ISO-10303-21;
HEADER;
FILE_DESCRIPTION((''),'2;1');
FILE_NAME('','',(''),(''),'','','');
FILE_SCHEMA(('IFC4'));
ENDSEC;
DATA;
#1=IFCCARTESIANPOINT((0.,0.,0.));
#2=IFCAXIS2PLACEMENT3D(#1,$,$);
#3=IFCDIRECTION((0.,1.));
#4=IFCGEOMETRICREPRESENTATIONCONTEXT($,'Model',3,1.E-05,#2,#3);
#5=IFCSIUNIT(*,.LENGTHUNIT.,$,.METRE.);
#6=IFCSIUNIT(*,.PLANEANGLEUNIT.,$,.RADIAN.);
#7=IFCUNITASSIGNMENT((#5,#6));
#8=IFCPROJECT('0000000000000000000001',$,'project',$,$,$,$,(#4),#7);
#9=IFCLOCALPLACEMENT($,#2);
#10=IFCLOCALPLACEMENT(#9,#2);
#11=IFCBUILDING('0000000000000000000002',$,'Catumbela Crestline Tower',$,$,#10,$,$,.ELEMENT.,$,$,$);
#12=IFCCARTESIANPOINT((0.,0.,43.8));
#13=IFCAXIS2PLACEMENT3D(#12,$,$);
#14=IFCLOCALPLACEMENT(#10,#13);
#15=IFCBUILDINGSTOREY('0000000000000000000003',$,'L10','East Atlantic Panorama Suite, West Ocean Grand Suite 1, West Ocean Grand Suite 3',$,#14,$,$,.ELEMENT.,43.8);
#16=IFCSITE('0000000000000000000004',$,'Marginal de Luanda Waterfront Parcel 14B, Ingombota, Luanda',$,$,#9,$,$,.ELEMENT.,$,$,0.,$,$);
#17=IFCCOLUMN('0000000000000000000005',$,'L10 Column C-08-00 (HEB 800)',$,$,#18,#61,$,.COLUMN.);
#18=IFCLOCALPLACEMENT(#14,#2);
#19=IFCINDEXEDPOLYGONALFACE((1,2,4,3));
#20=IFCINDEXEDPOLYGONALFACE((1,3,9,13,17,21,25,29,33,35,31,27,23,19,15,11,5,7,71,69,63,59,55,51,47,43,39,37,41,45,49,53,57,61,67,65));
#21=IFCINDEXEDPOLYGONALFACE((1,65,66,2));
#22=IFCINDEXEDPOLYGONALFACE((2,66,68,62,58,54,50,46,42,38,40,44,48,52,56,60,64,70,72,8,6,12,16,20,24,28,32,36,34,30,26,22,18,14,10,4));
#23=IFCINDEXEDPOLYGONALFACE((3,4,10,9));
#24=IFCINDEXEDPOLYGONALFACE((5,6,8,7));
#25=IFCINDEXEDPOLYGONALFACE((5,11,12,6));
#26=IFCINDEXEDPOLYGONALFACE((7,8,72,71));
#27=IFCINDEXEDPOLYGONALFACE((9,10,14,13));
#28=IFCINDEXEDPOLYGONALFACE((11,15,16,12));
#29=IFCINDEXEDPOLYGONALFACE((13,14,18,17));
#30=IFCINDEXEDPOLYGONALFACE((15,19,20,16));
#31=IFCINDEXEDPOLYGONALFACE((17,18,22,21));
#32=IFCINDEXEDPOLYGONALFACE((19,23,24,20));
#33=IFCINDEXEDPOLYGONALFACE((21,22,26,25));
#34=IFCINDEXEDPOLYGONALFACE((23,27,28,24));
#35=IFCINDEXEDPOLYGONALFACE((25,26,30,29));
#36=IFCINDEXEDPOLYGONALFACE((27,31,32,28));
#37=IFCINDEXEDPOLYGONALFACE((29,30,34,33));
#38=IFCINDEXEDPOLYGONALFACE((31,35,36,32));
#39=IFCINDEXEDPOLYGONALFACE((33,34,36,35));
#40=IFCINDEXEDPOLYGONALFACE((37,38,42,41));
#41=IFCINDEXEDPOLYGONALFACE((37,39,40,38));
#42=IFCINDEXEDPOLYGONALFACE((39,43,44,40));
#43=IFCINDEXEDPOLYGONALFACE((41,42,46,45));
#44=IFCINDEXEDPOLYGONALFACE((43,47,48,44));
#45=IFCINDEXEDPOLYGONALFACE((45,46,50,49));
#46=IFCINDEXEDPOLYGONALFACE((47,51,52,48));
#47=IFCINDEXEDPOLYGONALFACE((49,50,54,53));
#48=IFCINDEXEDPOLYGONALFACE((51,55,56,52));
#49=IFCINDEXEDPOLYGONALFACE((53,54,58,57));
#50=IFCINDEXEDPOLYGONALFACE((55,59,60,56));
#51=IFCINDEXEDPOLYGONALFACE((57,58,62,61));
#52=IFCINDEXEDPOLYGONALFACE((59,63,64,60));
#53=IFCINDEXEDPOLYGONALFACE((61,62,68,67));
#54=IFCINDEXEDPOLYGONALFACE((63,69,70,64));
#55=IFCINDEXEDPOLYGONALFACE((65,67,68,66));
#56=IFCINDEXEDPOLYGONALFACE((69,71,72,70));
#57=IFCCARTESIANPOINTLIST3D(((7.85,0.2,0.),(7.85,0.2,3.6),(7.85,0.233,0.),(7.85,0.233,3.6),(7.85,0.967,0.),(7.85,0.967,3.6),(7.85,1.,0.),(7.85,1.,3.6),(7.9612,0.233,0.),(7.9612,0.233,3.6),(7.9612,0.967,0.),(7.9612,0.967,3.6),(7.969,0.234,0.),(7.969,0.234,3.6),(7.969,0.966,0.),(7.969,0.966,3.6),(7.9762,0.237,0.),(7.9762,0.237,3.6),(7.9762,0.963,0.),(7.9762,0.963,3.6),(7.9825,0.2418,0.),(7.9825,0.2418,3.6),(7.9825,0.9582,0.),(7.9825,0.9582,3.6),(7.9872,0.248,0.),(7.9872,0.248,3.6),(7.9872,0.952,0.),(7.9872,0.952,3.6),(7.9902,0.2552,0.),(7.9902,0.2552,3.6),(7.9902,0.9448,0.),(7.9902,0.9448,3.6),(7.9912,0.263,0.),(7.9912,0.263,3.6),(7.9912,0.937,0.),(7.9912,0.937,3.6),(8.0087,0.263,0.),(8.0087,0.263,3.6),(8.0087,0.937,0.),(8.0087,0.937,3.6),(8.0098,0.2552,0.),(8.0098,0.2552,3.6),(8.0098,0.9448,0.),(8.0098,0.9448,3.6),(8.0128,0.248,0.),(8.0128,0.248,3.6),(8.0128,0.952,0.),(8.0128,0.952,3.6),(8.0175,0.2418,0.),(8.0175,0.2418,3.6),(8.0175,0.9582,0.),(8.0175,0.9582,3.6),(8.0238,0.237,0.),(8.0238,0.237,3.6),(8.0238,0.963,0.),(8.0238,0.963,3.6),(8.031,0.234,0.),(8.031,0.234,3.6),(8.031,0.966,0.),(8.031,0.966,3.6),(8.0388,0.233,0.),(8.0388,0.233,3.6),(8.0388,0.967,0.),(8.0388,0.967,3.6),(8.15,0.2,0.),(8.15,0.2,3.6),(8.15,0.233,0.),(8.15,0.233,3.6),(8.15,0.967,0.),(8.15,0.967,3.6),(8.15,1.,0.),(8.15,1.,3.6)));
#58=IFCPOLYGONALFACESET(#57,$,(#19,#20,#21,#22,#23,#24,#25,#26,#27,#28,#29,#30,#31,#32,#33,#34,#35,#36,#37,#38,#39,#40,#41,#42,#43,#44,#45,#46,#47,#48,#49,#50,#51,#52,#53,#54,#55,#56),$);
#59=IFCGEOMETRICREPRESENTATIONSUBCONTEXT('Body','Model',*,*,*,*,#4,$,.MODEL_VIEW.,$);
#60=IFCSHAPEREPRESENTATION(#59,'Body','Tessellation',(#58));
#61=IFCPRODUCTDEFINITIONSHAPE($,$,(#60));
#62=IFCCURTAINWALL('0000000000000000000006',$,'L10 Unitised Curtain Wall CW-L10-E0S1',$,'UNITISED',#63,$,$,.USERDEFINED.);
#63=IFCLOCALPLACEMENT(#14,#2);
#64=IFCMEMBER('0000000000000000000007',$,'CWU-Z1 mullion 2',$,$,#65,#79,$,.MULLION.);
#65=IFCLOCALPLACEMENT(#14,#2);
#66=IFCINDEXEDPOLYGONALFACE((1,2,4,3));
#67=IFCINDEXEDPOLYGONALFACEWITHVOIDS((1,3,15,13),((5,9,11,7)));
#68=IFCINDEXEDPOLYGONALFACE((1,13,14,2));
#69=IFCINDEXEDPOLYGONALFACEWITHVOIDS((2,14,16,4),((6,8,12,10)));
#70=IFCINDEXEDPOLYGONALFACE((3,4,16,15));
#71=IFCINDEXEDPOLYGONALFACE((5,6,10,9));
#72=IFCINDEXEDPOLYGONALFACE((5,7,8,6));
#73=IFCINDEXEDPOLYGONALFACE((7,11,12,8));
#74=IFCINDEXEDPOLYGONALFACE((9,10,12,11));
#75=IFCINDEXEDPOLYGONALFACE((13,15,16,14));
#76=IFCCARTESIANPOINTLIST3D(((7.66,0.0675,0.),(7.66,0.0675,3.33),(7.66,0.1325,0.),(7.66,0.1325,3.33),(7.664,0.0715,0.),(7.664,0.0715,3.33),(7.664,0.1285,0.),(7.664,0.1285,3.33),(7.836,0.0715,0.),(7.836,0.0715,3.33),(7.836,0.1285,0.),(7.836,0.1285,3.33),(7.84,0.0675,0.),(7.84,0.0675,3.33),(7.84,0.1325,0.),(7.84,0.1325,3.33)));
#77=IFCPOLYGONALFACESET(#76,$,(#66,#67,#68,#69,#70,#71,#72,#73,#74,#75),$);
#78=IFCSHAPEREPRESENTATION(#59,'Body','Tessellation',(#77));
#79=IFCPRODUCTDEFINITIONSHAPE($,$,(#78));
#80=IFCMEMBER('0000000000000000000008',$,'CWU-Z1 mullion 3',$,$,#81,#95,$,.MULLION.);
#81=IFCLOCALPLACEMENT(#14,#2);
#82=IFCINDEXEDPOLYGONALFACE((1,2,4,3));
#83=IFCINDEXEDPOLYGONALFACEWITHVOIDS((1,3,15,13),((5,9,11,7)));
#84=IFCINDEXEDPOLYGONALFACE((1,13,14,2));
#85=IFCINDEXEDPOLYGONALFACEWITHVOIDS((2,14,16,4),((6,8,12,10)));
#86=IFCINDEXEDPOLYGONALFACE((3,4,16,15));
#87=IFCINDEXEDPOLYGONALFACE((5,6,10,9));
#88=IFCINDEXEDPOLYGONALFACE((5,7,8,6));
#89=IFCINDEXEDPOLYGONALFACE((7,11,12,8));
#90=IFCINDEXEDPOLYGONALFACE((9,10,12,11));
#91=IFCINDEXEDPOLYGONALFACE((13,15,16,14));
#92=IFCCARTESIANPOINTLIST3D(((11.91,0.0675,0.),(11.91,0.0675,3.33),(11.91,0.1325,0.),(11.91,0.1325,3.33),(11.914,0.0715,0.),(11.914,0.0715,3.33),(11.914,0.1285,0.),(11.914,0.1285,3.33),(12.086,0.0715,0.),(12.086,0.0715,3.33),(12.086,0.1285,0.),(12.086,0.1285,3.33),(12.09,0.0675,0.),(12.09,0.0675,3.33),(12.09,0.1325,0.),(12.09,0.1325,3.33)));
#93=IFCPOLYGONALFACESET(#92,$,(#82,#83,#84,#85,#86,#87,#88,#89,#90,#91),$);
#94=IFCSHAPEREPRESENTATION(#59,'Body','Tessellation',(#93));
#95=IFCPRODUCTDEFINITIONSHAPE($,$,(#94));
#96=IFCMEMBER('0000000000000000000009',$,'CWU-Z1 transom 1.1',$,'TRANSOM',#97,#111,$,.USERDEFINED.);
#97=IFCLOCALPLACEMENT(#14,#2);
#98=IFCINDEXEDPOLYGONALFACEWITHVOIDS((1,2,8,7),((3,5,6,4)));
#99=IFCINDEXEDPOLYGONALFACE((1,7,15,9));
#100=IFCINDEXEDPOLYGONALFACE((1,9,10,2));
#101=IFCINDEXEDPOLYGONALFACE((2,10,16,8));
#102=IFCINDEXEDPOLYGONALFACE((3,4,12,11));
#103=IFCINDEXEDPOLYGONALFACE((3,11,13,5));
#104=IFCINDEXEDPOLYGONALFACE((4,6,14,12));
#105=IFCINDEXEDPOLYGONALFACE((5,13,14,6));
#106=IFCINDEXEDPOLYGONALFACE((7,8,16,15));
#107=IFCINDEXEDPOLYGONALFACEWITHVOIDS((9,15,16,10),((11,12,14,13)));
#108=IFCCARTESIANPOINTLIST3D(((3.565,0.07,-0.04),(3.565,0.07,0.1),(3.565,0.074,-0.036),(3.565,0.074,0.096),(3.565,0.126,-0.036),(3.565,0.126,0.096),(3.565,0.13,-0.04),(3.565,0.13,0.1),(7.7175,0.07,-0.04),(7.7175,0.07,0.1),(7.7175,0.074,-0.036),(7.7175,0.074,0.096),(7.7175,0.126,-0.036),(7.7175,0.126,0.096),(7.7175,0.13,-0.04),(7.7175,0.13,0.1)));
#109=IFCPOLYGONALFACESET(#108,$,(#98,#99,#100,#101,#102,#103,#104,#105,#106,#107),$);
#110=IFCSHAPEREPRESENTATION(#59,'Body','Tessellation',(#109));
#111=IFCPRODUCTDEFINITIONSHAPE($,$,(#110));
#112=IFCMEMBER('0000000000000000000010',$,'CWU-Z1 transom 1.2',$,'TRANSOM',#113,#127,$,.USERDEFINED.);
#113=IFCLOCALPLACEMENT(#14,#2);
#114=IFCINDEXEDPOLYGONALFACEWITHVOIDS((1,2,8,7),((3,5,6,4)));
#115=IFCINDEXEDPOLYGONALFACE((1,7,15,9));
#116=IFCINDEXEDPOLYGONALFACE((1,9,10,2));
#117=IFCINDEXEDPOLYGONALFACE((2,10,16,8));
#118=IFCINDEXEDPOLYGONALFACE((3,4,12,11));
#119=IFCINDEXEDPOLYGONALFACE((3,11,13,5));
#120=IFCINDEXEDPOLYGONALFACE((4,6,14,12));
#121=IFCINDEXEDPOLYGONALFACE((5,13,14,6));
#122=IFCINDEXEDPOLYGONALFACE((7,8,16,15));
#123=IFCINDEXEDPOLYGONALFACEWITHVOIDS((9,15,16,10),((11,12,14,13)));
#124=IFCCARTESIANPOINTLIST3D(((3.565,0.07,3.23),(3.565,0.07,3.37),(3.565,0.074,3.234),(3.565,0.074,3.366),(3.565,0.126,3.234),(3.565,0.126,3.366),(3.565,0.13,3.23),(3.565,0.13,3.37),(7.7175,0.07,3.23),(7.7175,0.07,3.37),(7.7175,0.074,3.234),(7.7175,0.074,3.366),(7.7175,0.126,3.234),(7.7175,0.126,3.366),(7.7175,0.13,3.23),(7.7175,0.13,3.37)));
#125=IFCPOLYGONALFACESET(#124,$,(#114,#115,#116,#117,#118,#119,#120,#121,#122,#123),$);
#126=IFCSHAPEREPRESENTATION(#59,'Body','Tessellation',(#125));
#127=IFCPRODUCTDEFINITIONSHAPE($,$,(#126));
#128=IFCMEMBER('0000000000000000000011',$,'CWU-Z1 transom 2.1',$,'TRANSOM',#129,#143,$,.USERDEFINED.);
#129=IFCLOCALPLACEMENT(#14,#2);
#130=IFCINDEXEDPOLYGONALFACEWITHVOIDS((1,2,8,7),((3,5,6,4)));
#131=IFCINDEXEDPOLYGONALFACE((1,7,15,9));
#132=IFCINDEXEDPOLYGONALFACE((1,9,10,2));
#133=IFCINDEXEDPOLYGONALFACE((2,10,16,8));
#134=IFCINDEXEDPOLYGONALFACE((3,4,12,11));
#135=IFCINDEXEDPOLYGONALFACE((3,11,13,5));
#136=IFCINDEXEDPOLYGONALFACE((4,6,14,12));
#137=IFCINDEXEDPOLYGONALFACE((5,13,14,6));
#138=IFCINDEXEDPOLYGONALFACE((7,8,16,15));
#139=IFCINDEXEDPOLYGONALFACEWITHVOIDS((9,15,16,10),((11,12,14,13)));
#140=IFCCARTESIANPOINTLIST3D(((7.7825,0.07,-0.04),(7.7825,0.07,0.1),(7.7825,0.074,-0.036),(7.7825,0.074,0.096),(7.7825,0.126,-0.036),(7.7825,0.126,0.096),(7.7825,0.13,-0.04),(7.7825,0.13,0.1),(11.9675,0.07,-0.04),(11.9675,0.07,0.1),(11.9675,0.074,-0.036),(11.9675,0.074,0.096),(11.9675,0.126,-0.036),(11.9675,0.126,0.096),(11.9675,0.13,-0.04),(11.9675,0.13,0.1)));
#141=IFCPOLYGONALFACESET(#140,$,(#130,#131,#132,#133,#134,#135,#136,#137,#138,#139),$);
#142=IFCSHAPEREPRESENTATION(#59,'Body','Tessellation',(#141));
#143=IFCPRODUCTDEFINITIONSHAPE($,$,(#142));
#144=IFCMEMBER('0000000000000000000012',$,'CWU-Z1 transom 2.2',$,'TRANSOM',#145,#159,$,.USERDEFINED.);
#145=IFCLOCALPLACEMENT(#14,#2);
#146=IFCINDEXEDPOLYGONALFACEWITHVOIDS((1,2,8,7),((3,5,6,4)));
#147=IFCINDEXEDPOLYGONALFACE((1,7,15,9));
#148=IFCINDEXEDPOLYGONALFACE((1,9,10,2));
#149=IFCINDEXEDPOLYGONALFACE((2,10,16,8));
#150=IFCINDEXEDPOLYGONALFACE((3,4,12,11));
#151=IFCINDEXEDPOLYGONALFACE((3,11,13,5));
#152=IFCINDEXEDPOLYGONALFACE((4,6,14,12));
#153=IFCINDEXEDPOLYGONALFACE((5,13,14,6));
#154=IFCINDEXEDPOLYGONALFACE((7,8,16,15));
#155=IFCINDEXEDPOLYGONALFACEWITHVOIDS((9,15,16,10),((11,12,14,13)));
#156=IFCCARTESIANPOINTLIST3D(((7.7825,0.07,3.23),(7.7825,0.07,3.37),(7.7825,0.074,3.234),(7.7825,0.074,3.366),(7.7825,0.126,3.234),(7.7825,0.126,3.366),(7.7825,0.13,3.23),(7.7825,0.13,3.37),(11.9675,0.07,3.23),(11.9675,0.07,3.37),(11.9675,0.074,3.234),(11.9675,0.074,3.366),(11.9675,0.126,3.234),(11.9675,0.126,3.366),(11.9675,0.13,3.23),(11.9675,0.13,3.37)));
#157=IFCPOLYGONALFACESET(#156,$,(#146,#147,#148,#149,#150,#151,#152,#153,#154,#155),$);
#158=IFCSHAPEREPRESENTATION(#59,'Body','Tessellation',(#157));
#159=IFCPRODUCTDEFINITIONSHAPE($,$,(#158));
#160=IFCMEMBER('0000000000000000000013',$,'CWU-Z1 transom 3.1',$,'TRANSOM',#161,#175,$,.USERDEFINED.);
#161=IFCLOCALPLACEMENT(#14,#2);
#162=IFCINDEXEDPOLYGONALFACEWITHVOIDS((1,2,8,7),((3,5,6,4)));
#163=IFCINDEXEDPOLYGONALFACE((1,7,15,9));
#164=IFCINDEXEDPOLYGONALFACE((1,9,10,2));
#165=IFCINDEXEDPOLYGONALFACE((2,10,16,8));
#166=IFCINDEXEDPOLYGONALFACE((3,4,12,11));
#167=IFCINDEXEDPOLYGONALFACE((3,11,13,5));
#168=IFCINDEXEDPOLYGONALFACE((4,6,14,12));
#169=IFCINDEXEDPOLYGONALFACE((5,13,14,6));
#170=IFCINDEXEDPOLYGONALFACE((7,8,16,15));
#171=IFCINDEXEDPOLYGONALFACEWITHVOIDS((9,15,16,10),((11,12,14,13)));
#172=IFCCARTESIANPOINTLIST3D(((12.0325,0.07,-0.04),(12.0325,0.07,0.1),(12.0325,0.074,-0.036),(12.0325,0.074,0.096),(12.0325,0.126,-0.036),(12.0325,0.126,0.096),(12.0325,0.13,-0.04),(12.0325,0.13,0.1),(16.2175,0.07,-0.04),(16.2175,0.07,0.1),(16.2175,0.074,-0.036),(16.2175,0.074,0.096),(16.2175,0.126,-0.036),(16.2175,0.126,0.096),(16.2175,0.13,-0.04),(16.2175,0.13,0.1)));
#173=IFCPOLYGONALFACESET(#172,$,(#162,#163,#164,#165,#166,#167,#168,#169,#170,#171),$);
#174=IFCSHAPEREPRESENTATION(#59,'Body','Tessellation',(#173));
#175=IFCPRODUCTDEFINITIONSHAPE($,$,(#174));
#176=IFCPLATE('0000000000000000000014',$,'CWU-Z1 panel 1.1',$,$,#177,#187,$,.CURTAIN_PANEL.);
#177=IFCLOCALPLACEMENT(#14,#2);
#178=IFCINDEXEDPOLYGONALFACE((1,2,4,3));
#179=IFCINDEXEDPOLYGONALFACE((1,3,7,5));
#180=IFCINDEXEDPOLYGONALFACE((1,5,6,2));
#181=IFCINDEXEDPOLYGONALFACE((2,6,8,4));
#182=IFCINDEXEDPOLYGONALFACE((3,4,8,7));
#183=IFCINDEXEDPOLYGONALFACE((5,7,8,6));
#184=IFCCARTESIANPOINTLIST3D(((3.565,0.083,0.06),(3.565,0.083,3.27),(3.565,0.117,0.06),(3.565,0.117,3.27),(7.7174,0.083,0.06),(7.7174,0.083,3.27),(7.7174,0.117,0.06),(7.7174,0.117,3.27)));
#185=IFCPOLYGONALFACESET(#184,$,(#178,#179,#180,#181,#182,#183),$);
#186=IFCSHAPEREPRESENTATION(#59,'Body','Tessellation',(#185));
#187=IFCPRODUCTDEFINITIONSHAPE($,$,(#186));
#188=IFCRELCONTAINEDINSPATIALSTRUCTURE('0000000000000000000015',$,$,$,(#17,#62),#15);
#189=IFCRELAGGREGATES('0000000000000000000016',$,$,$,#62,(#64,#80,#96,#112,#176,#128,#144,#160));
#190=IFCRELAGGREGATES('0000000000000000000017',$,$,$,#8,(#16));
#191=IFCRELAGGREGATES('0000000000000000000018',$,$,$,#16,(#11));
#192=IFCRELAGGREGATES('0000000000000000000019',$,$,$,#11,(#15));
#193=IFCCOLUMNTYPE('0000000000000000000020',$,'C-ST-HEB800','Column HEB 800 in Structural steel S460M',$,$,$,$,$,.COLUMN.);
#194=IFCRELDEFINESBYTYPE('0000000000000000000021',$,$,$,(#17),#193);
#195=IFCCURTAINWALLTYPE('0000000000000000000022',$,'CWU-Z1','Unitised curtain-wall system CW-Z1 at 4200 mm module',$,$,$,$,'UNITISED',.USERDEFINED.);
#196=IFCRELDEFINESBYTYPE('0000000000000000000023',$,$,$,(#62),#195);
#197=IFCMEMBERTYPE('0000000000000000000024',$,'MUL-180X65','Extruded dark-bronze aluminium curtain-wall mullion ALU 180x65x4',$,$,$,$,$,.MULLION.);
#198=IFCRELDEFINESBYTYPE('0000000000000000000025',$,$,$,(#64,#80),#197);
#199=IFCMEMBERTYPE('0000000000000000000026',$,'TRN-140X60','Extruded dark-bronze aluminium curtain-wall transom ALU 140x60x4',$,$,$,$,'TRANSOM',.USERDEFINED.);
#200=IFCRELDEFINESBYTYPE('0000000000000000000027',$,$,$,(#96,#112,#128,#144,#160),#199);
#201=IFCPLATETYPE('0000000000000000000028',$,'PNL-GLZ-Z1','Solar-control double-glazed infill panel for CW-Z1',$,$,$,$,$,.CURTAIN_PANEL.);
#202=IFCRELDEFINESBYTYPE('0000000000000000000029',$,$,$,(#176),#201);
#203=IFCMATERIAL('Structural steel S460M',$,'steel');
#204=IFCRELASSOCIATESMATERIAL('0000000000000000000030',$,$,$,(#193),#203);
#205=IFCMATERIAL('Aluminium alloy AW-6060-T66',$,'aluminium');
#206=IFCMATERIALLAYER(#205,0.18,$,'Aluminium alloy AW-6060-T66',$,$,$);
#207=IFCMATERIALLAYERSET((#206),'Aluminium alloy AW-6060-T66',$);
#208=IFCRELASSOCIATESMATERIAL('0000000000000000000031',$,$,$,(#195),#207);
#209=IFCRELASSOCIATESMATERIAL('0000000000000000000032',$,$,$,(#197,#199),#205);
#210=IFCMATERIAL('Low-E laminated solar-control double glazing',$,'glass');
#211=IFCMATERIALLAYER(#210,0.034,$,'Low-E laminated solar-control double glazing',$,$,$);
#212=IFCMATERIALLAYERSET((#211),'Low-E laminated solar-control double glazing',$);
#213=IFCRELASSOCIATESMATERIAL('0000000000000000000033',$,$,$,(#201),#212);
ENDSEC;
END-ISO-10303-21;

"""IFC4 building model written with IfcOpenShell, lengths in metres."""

from ifc_helpers import new_model, si_unit, direction, frame, origin, origin_2d, place, context, subcontext, project, spatial, rectangle, hollow_rectangle, i_section, extrude, material, layer, layer_set, material_profile, profile_set, type_object, element, aggregate, save


model = new_model("IFC4")

# Units and contexts
model_context = context("Model", 3, precision=1e-05, world=origin(), true_north=direction((0.0, 1.0)))
body_context = subcontext(model_context, "Body", "Model", "MODEL_VIEW")
ifc_project = project(units=[si_unit("LENGTHUNIT", "METRE"), si_unit("PLANEANGLEUNIT", "RADIAN")], contexts=[model_context])

# Site, building, storey
site_placement = place(None, origin())
site = spatial("IfcSite", under=ifc_project, at=site_placement, Name="Marginal de Luanda Waterfront Parcel 14B, Ingombota, Luanda", CompositionType="ELEMENT", RefElevation=0.0)
building_placement = place(site_placement, origin())
building = spatial("IfcBuilding", under=site, at=building_placement, Name="Catumbela Crestline Tower", CompositionType="ELEMENT")
storey_placement = place(building_placement, frame((0.0, 0.0, 43.8)))
storey = spatial("IfcBuildingStorey", under=building, at=storey_placement, Name="L10", Description="East Atlantic Panorama Suite, West Ocean Grand Suite 1, West Ocean Grand Suite 3", CompositionType="ELEMENT", Elevation=43.8)

# Column
ifc_material_1 = material(Name="Structural steel S460M", Category="steel")
ifc_material_profile_1 = material_profile(ifc_material_1, i_section(OverallWidth=0.3, OverallDepth=0.8, WebThickness=0.0175, FlangeThickness=0.033, FilletRadius=0.03, at=origin_2d()), Name="HEB 800")
ifc_profile_set_1 = profile_set([ifc_material_profile_1], Name="Structural steel S460M")
column_type = type_object("IfcColumnType", Name="C-ST-HEB800", Description="Column HEB 800 in Structural steel S460M", PredefinedType="COLUMN", material=ifc_profile_set_1)
column_placement = place(storey_placement, frame((8.0, 0.6, 0.0), z_axis=(0.0, 0.0, 1.0), x_axis=(1.0, 0.0, 0.0)))
element("IfcColumn", 1, at=column_placement, inside=storey, type_object=column_type, Name="L10 Column C-08-00 (HEB 800)", PredefinedType="COLUMN", context=body_context, shape_type="SweptSolid", body=[
    extrude(i_section(OverallWidth=0.3, OverallDepth=0.8, WebThickness=0.0175, FlangeThickness=0.033, FilletRadius=0.03, at=origin_2d()), origin(), (0.0, 0.0, 1.0), 3.6),
])

# Curtain wall, members, plate
ifc_material_2 = material(Name="Aluminium alloy AW-6060-T66", Category="aluminium")
ifc_layer_1 = layer(ifc_material_2, 0.18, Name="Aluminium alloy AW-6060-T66")
ifc_layer_set_1 = layer_set([ifc_layer_1], Name="Aluminium alloy AW-6060-T66")
curtain_wall_type = type_object("IfcCurtainWallType", Name="CWU-Z1", Description="Unitised curtain-wall system CW-Z1 at 4200 mm module", ElementType="UNITISED", PredefinedType="USERDEFINED", material=ifc_layer_set_1)
curtain_wall_placement = place(storey_placement, origin())
curtain_wall = element("IfcCurtainWall", 2, at=curtain_wall_placement, inside=storey, type_object=curtain_wall_type, Name="L10 Unitised Curtain Wall CW-L10-E0S1", ObjectType="UNITISED", PredefinedType="USERDEFINED")
ifc_material_profile_2 = material_profile(ifc_material_2, hollow_rectangle(XDim=0.065, YDim=0.18, WallThickness=0.004, at=origin_2d()), Name="ALU 180x65x4")
ifc_profile_set_2 = profile_set([ifc_material_profile_2], Name="Aluminium alloy AW-6060-T66")
member_type_1 = type_object("IfcMemberType", Name="MUL-180X65", Description="Extruded dark-bronze aluminium curtain-wall mullion ALU 180x65x4", PredefinedType="MULLION", material=ifc_profile_set_2)
member_1_placement = place(storey_placement, frame((7.75, 0.1, 0.0), z_axis=(0.0, 0.0, 1.0), x_axis=(0.0, 1.0, 0.0)))
member_1 = element("IfcMember", 3, at=member_1_placement, type_object=member_type_1, Name="CWU-Z1 mullion 2", PredefinedType="MULLION", context=body_context, shape_type="SweptSolid", body=[
    extrude(hollow_rectangle(XDim=0.065, YDim=0.18, WallThickness=0.004, at=origin_2d()), origin(), (0.0, 0.0, 1.0), 3.33),
])
member_2_placement = place(storey_placement, frame((12.0, 0.1, 0.0), z_axis=(0.0, 0.0, 1.0), x_axis=(0.0, 1.0, 0.0)))
member_2 = element("IfcMember", 4, at=member_2_placement, type_object=member_type_1, Name="CWU-Z1 mullion 3", PredefinedType="MULLION", context=body_context, shape_type="SweptSolid", body=[
    extrude(hollow_rectangle(XDim=0.065, YDim=0.18, WallThickness=0.004, at=origin_2d()), origin(), (0.0, 0.0, 1.0), 3.33),
])
ifc_material_profile_3 = material_profile(ifc_material_2, hollow_rectangle(XDim=0.06, YDim=0.14, WallThickness=0.004, at=origin_2d()), Name="ALU 140x60x4")
ifc_profile_set_3 = profile_set([ifc_material_profile_3], Name="Aluminium alloy AW-6060-T66")
member_type_2 = type_object("IfcMemberType", Name="TRN-140X60", Description="Extruded dark-bronze aluminium curtain-wall transom ALU 140x60x4", ElementType="TRANSOM", PredefinedType="USERDEFINED", material=ifc_profile_set_3)
member_3_placement = place(storey_placement, frame((3.565, 0.1, 0.03), z_axis=(1.0, 0.0, 0.0), x_axis=(0.0, 1.0, 0.0)))
member_3 = element("IfcMember", 5, at=member_3_placement, type_object=member_type_2, Name="CWU-Z1 transom 1.1", ObjectType="TRANSOM", PredefinedType="USERDEFINED", context=body_context, shape_type="SweptSolid", body=[
    extrude(hollow_rectangle(XDim=0.06, YDim=0.14, WallThickness=0.004, at=origin_2d()), origin(), (0.0, 0.0, 1.0), 4.1525),
])
member_4_placement = place(storey_placement, frame((3.565, 0.1, 3.3), z_axis=(1.0, 0.0, 0.0), x_axis=(0.0, 1.0, 0.0)))
member_4 = element("IfcMember", 6, at=member_4_placement, type_object=member_type_2, Name="CWU-Z1 transom 1.2", ObjectType="TRANSOM", PredefinedType="USERDEFINED", context=body_context, shape_type="SweptSolid", body=[
    extrude(hollow_rectangle(XDim=0.06, YDim=0.14, WallThickness=0.004, at=origin_2d()), origin(), (0.0, 0.0, 1.0), 4.1525),
])
member_5_placement = place(storey_placement, frame((7.7825, 0.1, 0.03), z_axis=(1.0, 0.0, 0.0), x_axis=(0.0, 1.0, 0.0)))
member_5 = element("IfcMember", 7, at=member_5_placement, type_object=member_type_2, Name="CWU-Z1 transom 2.1", ObjectType="TRANSOM", PredefinedType="USERDEFINED", context=body_context, shape_type="SweptSolid", body=[
    extrude(hollow_rectangle(XDim=0.06, YDim=0.14, WallThickness=0.004, at=origin_2d()), origin(), (0.0, 0.0, 1.0), 4.185),
])
member_6_placement = place(storey_placement, frame((7.7825, 0.1, 3.3), z_axis=(1.0, 0.0, 0.0), x_axis=(0.0, 1.0, 0.0)))
member_6 = element("IfcMember", 8, at=member_6_placement, type_object=member_type_2, Name="CWU-Z1 transom 2.2", ObjectType="TRANSOM", PredefinedType="USERDEFINED", context=body_context, shape_type="SweptSolid", body=[
    extrude(hollow_rectangle(XDim=0.06, YDim=0.14, WallThickness=0.004, at=origin_2d()), origin(), (0.0, 0.0, 1.0), 4.185),
])
member_7_placement = place(storey_placement, frame((12.0325, 0.1, 0.03), z_axis=(1.0, 0.0, 0.0), x_axis=(0.0, 1.0, 0.0)))
member_7 = element("IfcMember", 9, at=member_7_placement, type_object=member_type_2, Name="CWU-Z1 transom 3.1", ObjectType="TRANSOM", PredefinedType="USERDEFINED", context=body_context, shape_type="SweptSolid", body=[
    extrude(hollow_rectangle(XDim=0.06, YDim=0.14, WallThickness=0.004, at=origin_2d()), origin(), (0.0, 0.0, 1.0), 4.185),
])
ifc_material_3 = material(Name="Low-E laminated solar-control double glazing", Category="glass")
ifc_layer_2 = layer(ifc_material_3, 0.034, Name="Low-E laminated solar-control double glazing")
ifc_layer_set_2 = layer_set([ifc_layer_2], Name="Low-E laminated solar-control double glazing")
plate_type = type_object("IfcPlateType", Name="PNL-GLZ-Z1", Description="Solar-control double-glazed infill panel for CW-Z1", PredefinedType="CURTAIN_PANEL", material=ifc_layer_set_2)
plate_1_placement = place(storey_placement, frame((5.6412, 0.1, 0.06), z_axis=(0.0, 0.0, 1.0), x_axis=(1.0, 0.0, 0.0)))
plate_1 = element("IfcPlate", 10, at=plate_1_placement, type_object=plate_type, Name="CWU-Z1 panel 1.1", PredefinedType="CURTAIN_PANEL", context=body_context, shape_type="SweptSolid", body=[
    extrude(rectangle(XDim=4.1525, YDim=0.034, at=origin_2d()), origin(), (0.0, 0.0, 1.0), 3.21),
])
aggregate(curtain_wall, [member_1, member_2, member_3, member_4, plate_1, member_5, member_6, member_7])

save(model, "model.ifc")
